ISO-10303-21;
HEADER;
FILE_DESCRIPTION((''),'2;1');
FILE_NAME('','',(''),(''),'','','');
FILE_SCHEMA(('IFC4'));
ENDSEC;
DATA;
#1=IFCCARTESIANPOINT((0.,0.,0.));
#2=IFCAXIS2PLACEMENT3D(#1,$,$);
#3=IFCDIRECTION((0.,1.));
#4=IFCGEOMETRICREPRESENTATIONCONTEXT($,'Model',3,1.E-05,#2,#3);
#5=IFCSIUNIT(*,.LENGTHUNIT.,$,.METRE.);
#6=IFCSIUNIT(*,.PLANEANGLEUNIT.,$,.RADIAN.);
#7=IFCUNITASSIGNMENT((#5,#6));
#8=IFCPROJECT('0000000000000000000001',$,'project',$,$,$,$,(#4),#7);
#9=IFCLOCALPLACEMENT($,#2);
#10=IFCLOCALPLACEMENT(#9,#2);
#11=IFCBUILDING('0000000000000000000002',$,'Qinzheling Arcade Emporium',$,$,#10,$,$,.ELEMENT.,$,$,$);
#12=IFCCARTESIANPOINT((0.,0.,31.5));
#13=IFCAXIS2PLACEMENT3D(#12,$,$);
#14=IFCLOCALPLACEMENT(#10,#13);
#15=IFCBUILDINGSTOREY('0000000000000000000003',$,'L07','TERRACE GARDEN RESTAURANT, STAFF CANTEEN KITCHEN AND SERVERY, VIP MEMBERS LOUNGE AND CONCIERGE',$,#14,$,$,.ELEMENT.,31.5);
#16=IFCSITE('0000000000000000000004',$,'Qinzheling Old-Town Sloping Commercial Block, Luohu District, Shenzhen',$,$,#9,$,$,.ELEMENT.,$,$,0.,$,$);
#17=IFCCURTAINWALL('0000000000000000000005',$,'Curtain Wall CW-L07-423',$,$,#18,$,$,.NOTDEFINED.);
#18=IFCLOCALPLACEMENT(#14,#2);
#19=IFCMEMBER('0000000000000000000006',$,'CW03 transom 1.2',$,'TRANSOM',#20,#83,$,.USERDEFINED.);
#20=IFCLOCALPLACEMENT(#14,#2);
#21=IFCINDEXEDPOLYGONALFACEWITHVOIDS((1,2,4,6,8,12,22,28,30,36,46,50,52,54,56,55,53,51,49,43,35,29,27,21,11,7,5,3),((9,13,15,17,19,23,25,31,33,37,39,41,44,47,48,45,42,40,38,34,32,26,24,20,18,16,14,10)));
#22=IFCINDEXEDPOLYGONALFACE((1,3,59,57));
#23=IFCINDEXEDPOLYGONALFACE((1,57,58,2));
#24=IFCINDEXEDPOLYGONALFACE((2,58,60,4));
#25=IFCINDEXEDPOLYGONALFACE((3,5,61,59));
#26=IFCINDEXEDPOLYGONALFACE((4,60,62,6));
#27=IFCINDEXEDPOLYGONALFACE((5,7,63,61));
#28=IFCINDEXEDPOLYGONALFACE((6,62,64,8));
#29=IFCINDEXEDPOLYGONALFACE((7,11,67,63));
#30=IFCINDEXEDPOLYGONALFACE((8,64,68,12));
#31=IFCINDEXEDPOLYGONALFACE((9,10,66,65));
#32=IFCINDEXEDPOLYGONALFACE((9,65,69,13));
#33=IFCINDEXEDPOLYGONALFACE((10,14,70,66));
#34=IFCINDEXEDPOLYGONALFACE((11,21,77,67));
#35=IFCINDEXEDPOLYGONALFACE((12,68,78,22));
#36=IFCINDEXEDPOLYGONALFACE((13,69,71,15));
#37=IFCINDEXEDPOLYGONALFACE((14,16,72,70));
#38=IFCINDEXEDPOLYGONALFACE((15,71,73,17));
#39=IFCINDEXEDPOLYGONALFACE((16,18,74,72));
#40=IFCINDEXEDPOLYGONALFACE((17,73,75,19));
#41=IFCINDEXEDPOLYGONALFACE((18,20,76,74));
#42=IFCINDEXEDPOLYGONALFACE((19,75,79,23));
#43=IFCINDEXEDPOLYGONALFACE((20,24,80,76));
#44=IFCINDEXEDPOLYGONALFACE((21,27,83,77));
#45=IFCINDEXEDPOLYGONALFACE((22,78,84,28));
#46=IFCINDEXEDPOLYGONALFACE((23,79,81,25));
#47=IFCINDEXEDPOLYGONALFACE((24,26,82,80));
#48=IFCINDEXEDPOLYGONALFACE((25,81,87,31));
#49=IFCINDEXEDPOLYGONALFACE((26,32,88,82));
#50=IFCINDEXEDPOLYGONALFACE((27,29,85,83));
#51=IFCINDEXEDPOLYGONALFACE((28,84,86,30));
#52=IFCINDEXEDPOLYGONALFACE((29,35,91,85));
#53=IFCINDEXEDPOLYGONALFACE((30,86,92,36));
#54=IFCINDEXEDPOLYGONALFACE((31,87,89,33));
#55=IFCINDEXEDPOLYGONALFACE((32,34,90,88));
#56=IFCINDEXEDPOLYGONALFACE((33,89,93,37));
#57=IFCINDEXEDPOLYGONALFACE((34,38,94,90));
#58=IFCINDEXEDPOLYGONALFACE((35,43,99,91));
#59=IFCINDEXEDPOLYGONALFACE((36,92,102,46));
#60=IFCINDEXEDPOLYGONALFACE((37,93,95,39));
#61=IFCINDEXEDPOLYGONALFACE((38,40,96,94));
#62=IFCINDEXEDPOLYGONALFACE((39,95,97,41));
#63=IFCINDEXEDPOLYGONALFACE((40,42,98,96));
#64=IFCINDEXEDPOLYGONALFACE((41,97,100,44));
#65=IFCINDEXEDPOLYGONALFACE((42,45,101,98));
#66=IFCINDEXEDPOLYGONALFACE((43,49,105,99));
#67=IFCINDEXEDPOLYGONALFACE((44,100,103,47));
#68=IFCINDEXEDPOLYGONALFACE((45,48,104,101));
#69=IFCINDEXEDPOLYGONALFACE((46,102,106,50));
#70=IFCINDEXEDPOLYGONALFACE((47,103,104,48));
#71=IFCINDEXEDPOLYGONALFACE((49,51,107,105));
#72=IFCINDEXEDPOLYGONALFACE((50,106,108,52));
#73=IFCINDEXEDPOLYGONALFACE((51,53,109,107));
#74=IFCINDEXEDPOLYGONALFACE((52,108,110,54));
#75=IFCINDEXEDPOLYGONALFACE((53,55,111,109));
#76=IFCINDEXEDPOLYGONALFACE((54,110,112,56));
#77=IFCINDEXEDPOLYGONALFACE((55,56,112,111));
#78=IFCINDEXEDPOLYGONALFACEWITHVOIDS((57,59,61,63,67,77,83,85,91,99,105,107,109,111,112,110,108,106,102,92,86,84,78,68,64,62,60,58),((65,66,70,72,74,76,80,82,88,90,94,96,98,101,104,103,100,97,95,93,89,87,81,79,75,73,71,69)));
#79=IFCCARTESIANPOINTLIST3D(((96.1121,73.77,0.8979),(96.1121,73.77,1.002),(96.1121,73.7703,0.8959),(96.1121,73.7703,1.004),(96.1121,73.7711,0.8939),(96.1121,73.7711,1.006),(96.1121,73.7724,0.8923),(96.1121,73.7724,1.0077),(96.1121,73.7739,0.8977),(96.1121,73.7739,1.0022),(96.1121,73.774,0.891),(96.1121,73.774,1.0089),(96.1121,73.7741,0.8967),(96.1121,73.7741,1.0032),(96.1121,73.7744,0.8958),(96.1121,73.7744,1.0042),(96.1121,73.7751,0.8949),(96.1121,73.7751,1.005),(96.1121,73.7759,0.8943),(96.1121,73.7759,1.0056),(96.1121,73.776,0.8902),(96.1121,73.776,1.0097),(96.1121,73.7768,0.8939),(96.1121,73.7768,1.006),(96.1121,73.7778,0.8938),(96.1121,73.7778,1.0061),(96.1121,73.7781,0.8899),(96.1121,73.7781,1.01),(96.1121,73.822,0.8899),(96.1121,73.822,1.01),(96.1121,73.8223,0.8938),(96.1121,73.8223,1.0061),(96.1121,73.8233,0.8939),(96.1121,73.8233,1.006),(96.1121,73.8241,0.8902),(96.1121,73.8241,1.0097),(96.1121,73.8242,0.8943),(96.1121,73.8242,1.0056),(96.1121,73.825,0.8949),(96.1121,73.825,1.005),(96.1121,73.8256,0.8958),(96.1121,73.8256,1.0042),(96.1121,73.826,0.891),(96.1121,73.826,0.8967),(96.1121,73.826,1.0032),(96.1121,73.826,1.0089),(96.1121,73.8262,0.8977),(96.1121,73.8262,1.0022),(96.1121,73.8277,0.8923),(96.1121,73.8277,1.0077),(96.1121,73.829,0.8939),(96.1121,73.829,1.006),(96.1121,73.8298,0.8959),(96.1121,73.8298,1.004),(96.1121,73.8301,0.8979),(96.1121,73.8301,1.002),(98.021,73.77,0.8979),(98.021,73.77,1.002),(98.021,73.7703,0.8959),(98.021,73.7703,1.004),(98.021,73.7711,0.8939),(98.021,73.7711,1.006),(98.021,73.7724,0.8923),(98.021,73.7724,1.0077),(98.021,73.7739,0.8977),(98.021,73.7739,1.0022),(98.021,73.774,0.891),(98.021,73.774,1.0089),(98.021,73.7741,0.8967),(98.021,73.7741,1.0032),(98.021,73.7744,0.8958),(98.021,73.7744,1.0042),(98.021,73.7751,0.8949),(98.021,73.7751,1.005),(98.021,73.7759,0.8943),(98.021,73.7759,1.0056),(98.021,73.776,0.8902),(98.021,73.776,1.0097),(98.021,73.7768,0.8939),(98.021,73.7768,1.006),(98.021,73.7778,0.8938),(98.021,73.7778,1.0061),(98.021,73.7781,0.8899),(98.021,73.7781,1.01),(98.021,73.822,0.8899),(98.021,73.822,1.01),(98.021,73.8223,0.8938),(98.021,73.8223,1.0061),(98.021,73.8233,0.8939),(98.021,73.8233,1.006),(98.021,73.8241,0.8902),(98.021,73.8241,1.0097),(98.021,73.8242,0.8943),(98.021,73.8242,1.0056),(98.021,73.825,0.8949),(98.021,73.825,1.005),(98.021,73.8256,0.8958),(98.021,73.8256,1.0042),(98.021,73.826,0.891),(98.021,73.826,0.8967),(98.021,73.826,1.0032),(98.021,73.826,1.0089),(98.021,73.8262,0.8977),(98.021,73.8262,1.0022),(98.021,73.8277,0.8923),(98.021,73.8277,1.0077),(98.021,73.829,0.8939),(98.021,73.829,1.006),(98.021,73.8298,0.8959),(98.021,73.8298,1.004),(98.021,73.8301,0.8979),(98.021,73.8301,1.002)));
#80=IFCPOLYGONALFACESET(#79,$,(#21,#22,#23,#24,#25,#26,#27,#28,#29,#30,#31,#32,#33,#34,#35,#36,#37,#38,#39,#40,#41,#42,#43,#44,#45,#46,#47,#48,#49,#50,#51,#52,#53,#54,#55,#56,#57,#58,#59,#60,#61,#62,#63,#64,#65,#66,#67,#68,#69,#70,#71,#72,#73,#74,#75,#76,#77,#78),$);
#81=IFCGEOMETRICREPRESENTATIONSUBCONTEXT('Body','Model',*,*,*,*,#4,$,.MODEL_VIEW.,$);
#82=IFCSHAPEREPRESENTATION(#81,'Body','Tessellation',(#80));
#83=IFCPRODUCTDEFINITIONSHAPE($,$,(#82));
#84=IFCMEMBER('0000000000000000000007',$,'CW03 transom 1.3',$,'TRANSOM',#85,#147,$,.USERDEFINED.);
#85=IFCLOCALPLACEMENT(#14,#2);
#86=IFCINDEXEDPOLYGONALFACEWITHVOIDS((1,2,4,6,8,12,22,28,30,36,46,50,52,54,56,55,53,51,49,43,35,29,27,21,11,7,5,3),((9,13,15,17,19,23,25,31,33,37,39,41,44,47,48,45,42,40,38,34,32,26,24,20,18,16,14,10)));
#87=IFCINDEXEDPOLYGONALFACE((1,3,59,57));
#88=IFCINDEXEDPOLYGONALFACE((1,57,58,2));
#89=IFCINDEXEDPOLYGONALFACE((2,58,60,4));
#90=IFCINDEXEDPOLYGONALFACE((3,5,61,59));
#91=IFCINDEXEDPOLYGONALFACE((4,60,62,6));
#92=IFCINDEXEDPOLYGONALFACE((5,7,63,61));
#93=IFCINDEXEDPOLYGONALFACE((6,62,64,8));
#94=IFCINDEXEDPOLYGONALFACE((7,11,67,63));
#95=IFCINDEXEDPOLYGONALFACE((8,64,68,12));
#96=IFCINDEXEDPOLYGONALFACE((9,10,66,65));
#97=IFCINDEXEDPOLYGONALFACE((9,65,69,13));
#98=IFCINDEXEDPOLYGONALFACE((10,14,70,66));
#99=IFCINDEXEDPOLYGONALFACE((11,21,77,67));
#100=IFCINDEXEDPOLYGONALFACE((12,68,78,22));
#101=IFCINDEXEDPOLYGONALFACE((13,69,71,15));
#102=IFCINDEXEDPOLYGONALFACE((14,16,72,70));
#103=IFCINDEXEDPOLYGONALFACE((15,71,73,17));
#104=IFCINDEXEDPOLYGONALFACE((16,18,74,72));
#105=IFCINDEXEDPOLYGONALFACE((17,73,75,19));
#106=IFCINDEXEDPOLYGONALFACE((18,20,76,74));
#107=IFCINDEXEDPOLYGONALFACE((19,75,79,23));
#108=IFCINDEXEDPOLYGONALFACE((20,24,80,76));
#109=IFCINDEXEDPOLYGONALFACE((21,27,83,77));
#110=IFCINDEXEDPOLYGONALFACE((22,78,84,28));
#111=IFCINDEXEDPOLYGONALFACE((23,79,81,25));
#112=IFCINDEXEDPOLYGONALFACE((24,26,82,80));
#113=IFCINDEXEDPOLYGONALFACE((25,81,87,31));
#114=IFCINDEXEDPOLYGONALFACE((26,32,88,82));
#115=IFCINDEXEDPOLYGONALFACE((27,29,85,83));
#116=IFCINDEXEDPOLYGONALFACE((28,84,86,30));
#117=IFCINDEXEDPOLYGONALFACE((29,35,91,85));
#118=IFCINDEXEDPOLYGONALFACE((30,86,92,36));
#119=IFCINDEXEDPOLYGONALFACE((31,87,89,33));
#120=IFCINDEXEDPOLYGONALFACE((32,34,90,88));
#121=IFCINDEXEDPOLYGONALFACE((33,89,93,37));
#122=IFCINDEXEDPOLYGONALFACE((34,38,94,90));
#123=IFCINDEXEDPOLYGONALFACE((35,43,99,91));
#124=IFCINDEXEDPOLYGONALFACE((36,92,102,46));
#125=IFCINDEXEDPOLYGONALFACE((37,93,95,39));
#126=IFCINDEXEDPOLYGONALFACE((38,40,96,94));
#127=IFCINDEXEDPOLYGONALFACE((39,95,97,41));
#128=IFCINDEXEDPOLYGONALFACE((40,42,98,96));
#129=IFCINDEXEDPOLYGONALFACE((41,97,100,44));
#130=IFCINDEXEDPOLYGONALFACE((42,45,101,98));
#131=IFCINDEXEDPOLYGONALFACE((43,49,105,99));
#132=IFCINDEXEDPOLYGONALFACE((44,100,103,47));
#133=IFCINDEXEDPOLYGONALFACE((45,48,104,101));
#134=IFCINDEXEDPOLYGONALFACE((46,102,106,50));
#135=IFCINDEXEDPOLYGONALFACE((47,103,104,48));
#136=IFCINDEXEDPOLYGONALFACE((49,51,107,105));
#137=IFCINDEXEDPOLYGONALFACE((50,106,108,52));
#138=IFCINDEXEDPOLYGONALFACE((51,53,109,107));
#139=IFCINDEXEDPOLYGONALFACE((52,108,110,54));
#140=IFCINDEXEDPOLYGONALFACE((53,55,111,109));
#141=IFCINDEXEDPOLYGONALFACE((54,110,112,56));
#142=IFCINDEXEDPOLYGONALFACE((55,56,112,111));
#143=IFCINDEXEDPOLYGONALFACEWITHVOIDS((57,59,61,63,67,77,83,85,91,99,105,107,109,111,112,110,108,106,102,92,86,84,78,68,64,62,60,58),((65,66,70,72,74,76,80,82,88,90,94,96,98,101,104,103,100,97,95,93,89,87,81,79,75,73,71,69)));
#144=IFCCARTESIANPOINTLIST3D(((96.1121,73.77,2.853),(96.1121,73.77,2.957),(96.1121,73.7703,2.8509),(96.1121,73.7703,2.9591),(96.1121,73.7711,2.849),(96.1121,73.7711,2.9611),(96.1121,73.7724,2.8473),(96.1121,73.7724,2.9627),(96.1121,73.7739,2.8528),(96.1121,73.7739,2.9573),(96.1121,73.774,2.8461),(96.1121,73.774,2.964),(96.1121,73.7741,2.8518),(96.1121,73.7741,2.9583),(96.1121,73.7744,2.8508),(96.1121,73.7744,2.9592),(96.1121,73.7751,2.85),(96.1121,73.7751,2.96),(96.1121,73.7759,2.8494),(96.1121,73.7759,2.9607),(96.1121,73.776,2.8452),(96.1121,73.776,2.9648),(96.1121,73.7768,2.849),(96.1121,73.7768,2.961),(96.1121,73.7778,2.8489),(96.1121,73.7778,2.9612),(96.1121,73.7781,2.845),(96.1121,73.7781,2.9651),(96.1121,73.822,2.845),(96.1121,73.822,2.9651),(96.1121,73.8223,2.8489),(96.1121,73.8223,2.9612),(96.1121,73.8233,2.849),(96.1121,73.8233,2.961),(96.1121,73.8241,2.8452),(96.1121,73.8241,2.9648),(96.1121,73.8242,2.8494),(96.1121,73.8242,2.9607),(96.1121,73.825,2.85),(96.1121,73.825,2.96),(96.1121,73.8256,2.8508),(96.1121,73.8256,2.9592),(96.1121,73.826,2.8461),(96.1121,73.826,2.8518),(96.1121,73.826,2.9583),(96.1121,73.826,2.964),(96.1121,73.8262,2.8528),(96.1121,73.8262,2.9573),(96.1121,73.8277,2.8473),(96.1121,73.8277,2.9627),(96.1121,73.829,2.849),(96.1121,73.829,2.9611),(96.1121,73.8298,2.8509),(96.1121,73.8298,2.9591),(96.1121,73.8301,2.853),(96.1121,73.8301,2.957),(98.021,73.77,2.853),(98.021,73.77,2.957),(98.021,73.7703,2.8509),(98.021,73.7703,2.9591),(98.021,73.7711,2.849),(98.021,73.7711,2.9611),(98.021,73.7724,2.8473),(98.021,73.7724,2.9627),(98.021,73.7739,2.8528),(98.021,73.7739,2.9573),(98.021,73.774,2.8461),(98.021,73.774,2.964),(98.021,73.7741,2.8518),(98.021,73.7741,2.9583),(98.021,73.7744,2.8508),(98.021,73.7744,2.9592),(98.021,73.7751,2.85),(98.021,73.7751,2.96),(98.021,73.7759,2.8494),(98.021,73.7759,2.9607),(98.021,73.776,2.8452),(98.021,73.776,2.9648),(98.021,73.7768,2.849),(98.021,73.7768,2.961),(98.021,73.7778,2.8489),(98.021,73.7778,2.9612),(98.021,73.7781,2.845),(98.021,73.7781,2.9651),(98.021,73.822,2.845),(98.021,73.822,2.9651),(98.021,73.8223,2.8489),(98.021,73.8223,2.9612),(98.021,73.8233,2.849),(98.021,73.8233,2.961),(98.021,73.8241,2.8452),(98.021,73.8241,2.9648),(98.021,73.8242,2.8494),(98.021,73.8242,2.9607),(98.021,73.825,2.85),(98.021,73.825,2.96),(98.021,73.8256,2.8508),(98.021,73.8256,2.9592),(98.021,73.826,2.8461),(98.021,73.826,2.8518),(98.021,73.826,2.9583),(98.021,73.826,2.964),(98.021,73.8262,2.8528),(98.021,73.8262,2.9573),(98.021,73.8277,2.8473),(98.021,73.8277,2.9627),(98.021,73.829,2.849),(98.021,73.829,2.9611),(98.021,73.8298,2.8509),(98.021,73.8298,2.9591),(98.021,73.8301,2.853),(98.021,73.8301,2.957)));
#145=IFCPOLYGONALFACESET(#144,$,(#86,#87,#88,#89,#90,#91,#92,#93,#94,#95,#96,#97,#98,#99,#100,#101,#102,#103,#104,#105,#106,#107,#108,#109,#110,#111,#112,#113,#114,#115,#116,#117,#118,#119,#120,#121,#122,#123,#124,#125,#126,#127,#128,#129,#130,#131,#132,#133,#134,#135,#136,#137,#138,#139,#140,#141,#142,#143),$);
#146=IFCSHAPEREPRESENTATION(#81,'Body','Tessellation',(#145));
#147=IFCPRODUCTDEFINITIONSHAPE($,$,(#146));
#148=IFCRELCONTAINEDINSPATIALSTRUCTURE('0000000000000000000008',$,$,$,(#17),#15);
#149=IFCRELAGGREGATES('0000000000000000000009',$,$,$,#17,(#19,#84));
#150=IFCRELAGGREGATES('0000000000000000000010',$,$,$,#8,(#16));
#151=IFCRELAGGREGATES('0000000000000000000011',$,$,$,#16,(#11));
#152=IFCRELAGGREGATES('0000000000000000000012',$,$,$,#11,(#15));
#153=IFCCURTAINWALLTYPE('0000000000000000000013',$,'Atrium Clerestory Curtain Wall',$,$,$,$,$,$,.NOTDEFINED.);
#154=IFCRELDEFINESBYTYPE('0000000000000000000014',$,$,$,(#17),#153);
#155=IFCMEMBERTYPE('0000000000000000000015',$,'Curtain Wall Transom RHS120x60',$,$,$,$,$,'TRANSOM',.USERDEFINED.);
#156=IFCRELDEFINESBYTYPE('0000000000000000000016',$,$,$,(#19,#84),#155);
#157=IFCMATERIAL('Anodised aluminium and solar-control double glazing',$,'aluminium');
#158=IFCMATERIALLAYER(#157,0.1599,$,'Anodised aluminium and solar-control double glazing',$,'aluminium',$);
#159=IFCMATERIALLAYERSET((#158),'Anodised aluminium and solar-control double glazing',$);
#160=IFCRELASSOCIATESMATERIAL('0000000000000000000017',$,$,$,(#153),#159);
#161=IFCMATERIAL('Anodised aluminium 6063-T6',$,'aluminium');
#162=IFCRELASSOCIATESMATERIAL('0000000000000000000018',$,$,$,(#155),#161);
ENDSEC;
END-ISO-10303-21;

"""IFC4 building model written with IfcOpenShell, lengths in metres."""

from ifc_helpers import new_model, si_unit, direction, frame, origin, origin_2d, place, context, subcontext, project, spatial, hollow_rectangle, extrude, material, layer, layer_set, material_profile, profile_set, type_object, element, aggregate, save


model = new_model("IFC4")

# Units and contexts
model_context = context("Model", 3, precision=1e-05, world=origin(), true_north=direction((0.0, 1.0)))
body_context = subcontext(model_context, "Body", "Model", "MODEL_VIEW")
ifc_project = project(units=[si_unit("LENGTHUNIT", "METRE"), si_unit("PLANEANGLEUNIT", "RADIAN")], contexts=[model_context])

# Site, building, storey
site_placement = place(None, origin())
site = spatial("IfcSite", under=ifc_project, at=site_placement, Name="Qinzheling Old-Town Sloping Commercial Block, Luohu District, Shenzhen", CompositionType="ELEMENT", RefElevation=0.0)
building_placement = place(site_placement, origin())
building = spatial("IfcBuilding", under=site, at=building_placement, Name="Qinzheling Arcade Emporium", CompositionType="ELEMENT")
storey_placement = place(building_placement, frame((0.0, 0.0, 31.5)))
storey = spatial("IfcBuildingStorey", under=building, at=storey_placement, Name="L07", Description="TERRACE GARDEN RESTAURANT, STAFF CANTEEN KITCHEN AND SERVERY, VIP MEMBERS LOUNGE AND CONCIERGE", CompositionType="ELEMENT", Elevation=31.5)

# Shared definitions
ifc_material_1 = material(Name="Anodised aluminium and solar-control double glazing", Category="aluminium")
ifc_layer_1 = layer(ifc_material_1, 0.1599, Name="Anodised aluminium and solar-control double glazing", Category="aluminium")
ifc_layer_set_1 = layer_set([ifc_layer_1], Name="Anodised aluminium and solar-control double glazing")
curtain_wall_type = type_object("IfcCurtainWallType", Name="Atrium Clerestory Curtain Wall", PredefinedType="NOTDEFINED", material=ifc_layer_set_1)
ifc_material_2 = material(Name="Anodised aluminium 6063-T6", Category="aluminium")

# Curtain wall
curtain_wall_1_placement = place(storey_placement, origin())
curtain_wall_1 = element("IfcCurtainWall", 1, at=curtain_wall_1_placement, inside=storey, type_object=curtain_wall_type, Name="Curtain Wall CW-L07-423", PredefinedType="NOTDEFINED")

# Members
ifc_material_profile_1 = material_profile(ifc_material_2, hollow_rectangle(XDim=0.0601, YDim=0.1201, WallThickness=0.0039, InnerFilletRadius=0.0039, OuterFilletRadius=0.0081, at=origin_2d()), Name="RHS 120x60x4", Category="aluminium")
ifc_profile_set_1 = profile_set([ifc_material_profile_1], Name="Anodised aluminium 6063-T6")
member_type_1 = type_object("IfcMemberType", Name="Curtain Wall Transom RHS120x60", ElementType="TRANSOM", PredefinedType="USERDEFINED", material=ifc_profile_set_1)
member_1_placement = place(storey_placement, frame((96.1121, 73.8, 0.95), z_axis=(1.0, 0.0, 0.0), x_axis=(0.0, 1.0, 0.0)))
member_1 = element("IfcMember", 2, at=member_1_placement, type_object=member_type_1, Name="CW03 transom 1.2", ObjectType="TRANSOM", PredefinedType="USERDEFINED", context=body_context, shape_type="SweptSolid", body=[
    extrude(hollow_rectangle(XDim=0.0601, YDim=0.1201, WallThickness=0.0039, InnerFilletRadius=0.0039, OuterFilletRadius=0.0081, at=origin_2d()), origin(), (0.0, 0.0, 1.0), 1.9089),
])
member_2_placement = place(storey_placement, frame((96.1121, 73.8, 2.905), z_axis=(1.0, 0.0, 0.0), x_axis=(0.0, 1.0, 0.0)))
member_2 = element("IfcMember", 3, at=member_2_placement, type_object=member_type_1, Name="CW03 transom 1.3", ObjectType="TRANSOM", PredefinedType="USERDEFINED", context=body_context, shape_type="SweptSolid", body=[
    extrude(hollow_rectangle(XDim=0.0601, YDim=0.1201, WallThickness=0.0039, InnerFilletRadius=0.0039, OuterFilletRadius=0.0081, at=origin_2d()), origin(), (0.0, 0.0, 1.0), 1.9089),
])

aggregate(curtain_wall_1, [member_1, member_2])

save(model, "model.ifc")
